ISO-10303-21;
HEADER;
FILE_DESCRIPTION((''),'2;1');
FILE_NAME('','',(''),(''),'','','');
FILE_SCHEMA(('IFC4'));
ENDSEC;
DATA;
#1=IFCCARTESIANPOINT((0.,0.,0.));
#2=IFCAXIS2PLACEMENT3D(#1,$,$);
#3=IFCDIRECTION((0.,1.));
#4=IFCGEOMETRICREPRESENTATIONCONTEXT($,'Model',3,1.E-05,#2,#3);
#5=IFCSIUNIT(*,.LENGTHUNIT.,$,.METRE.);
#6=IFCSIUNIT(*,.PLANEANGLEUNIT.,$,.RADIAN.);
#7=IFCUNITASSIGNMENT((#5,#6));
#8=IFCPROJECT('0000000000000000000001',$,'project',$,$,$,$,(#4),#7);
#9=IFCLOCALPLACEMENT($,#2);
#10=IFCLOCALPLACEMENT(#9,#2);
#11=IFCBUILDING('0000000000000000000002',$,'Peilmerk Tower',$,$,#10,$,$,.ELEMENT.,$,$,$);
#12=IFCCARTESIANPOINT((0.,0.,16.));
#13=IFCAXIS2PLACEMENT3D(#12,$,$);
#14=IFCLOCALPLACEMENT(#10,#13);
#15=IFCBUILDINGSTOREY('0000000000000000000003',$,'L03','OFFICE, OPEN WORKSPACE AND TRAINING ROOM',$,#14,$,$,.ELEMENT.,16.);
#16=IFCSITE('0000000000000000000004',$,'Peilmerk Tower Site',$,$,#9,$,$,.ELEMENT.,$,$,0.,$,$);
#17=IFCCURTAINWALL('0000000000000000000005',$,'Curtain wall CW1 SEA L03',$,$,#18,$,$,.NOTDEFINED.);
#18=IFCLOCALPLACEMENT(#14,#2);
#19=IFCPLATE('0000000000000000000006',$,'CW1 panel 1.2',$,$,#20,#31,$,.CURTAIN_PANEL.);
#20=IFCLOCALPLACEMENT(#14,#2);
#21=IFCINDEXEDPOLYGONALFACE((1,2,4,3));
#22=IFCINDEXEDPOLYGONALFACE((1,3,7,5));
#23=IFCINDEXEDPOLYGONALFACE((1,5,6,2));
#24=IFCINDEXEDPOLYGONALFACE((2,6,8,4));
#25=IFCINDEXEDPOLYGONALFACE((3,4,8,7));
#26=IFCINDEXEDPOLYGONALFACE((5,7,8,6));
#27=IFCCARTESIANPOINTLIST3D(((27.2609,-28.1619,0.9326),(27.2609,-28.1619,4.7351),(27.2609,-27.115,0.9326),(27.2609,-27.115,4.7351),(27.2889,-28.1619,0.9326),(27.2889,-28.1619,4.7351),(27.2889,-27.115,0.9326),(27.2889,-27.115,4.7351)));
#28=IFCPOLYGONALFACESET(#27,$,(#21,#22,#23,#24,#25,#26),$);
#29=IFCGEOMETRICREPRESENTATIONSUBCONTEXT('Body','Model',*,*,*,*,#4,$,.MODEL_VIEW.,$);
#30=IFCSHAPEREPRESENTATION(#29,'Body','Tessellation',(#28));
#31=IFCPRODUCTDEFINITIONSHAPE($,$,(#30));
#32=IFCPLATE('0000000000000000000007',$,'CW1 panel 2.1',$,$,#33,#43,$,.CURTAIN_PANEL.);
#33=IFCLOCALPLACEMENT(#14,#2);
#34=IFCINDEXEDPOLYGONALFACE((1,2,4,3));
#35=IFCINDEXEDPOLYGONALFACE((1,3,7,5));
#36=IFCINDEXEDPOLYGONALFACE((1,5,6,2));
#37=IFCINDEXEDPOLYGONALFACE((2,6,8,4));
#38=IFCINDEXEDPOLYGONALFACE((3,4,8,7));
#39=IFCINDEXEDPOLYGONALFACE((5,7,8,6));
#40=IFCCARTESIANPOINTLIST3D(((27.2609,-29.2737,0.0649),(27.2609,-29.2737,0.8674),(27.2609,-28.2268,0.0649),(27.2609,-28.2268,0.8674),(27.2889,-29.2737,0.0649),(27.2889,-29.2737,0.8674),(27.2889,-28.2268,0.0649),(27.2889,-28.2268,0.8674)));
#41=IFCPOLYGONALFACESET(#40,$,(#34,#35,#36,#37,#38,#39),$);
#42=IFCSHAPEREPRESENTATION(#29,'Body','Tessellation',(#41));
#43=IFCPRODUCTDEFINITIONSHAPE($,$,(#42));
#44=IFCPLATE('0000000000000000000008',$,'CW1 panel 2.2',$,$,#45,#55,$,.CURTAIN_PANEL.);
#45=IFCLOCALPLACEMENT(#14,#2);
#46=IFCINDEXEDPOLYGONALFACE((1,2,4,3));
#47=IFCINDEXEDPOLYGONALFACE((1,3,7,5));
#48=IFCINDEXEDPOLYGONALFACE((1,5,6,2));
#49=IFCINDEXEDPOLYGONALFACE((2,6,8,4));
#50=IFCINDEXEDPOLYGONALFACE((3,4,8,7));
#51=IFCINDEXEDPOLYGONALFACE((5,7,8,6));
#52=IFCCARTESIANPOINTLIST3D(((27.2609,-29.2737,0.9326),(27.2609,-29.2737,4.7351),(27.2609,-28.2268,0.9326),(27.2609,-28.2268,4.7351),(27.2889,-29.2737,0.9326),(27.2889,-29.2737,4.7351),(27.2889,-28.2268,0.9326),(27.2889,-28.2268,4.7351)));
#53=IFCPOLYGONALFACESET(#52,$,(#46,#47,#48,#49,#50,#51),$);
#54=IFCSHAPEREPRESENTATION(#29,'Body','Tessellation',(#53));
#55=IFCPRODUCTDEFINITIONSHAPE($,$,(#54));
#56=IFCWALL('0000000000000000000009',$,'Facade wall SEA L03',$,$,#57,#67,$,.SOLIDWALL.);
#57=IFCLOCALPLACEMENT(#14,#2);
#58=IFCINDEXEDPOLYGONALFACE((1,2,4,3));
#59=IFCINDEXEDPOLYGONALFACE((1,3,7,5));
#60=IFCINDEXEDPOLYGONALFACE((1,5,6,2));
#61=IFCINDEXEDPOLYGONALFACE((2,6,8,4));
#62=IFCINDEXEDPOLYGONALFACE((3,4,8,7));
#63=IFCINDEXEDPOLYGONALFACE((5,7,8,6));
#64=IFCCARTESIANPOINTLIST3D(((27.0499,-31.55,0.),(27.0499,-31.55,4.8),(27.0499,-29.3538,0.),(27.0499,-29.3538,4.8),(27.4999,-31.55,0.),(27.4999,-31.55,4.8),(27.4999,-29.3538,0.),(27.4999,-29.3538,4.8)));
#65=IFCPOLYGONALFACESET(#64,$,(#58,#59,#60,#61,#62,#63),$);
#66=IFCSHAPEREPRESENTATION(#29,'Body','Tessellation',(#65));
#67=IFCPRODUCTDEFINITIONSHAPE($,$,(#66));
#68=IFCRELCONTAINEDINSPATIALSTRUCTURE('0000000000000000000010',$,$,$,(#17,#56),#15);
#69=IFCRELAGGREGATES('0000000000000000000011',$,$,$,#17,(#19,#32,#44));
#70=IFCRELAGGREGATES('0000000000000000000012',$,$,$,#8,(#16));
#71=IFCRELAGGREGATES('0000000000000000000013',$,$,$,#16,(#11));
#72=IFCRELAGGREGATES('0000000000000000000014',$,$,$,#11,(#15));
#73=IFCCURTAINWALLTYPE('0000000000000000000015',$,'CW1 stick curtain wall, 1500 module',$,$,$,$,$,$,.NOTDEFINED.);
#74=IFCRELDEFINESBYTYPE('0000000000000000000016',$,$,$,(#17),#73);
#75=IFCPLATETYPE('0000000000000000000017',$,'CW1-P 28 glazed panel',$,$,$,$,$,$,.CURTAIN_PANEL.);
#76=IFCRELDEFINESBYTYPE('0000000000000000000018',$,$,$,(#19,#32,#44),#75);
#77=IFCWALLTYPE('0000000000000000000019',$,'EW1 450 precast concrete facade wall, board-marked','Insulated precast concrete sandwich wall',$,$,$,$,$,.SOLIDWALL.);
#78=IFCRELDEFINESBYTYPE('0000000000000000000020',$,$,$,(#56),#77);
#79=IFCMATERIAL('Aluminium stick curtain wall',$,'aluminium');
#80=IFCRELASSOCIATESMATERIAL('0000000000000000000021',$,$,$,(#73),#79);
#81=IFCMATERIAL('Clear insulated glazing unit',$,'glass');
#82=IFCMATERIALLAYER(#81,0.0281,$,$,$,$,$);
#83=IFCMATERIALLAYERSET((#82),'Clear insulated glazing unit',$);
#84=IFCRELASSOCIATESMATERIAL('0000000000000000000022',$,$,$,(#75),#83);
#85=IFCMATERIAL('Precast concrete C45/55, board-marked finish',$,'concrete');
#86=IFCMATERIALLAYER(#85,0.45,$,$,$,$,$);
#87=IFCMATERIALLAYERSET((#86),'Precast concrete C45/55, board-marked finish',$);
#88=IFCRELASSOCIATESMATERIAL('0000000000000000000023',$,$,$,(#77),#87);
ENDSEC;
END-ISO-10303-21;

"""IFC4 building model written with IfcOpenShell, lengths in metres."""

from ifc_helpers import new_model, si_unit, direction, frame, frame_2d, origin, origin_2d, place, context, subcontext, project, spatial, rectangle, extrude, material, layer, layer_set, type_object, element, aggregate, save


model = new_model("IFC4")

# Units and contexts
model_context = context("Model", 3, precision=1e-05, world=origin(), true_north=direction((0.0, 1.0)))
body_context = subcontext(model_context, "Body", "Model", "MODEL_VIEW")
ifc_project = project(units=[si_unit("LENGTHUNIT", "METRE"), si_unit("PLANEANGLEUNIT", "RADIAN")], contexts=[model_context])

# Site, building, storey
site_placement = place(None, origin())
site = spatial("IfcSite", under=ifc_project, at=site_placement, Name="Peilmerk Tower Site", CompositionType="ELEMENT", RefElevation=0.0)
building_placement = place(site_placement, origin())
building = spatial("IfcBuilding", under=site, at=building_placement, Name="Peilmerk Tower", CompositionType="ELEMENT")
storey_placement = place(building_placement, frame((0.0, 0.0, 16.0)))
storey = spatial("IfcBuildingStorey", under=building, at=storey_placement, Name="L03", Description="OFFICE, OPEN WORKSPACE AND TRAINING ROOM", CompositionType="ELEMENT", Elevation=16.0)

# Curtain wall, plates
ifc_material_1 = material(Name="Aluminium stick curtain wall", Category="aluminium")
curtain_wall_type = type_object("IfcCurtainWallType", Name="CW1 stick curtain wall, 1500 module", PredefinedType="NOTDEFINED", material=ifc_material_1)
curtain_wall_placement = place(storey_placement, origin())
curtain_wall = element("IfcCurtainWall", 1, at=curtain_wall_placement, inside=storey, type_object=curtain_wall_type, Name="Curtain wall CW1 SEA L03", PredefinedType="NOTDEFINED")
ifc_material_2 = material(Name="Clear insulated glazing unit", Category="glass")
ifc_layer_1 = layer(ifc_material_2, 0.0281)
ifc_layer_set_1 = layer_set([ifc_layer_1], Name="Clear insulated glazing unit")
plate_type = type_object("IfcPlateType", Name="CW1-P 28 glazed panel", PredefinedType="CURTAIN_PANEL", material=ifc_layer_set_1)
plate_1_placement = place(storey_placement, frame((27.2749, -27.6384, 0.9326), z_axis=(0.0, 0.0, 1.0), x_axis=(0.0, -1.0, 0.0)))
plate_1 = element("IfcPlate", 2, at=plate_1_placement, type_object=plate_type, Name="CW1 panel 1.2", PredefinedType="CURTAIN_PANEL", context=body_context, shape_type="SweptSolid", body=[
    extrude(rectangle(XDim=1.0469, YDim=0.0281, at=origin_2d()), origin(), (0.0, 0.0, 1.0), 3.8025),
])
plate_2_placement = place(storey_placement, frame((27.2749, -28.7502, 0.0649), z_axis=(0.0, 0.0, 1.0), x_axis=(0.0, -1.0, 0.0)))
plate_2 = element("IfcPlate", 3, at=plate_2_placement, type_object=plate_type, Name="CW1 panel 2.1", PredefinedType="CURTAIN_PANEL", context=body_context, shape_type="SweptSolid", body=[
    extrude(rectangle(XDim=1.0469, YDim=0.0281, at=origin_2d()), origin(), (0.0, 0.0, 1.0), 0.8025),
])
plate_3_placement = place(storey_placement, frame((27.2749, -28.7502, 0.9326), z_axis=(0.0, 0.0, 1.0), x_axis=(0.0, -1.0, 0.0)))
plate_3 = element("IfcPlate", 4, at=plate_3_placement, type_object=plate_type, Name="CW1 panel 2.2", PredefinedType="CURTAIN_PANEL", context=body_context, shape_type="SweptSolid", body=[
    extrude(rectangle(XDim=1.0469, YDim=0.0281, at=origin_2d()), origin(), (0.0, 0.0, 1.0), 3.8025),
])
aggregate(curtain_wall, [plate_1, plate_2, plate_3])

# Wall
ifc_material_3 = material(Name="Precast concrete C45/55, board-marked finish", Category="concrete")
ifc_layer_2 = layer(ifc_material_3, 0.45)
ifc_layer_set_2 = layer_set([ifc_layer_2], Name="Precast concrete C45/55, board-marked finish")
wall_type = type_object("IfcWallType", Name="EW1 450 precast concrete facade wall, board-marked", Description="Insulated precast concrete sandwich wall", PredefinedType="SOLIDWALL", material=ifc_layer_set_2)
wall_placement = place(storey_placement, frame((27.2749, -29.3538, 0.0), z_axis=(0.0, 0.0, 1.0), x_axis=(0.0, -1.0, 0.0)))
element("IfcWall", 5, at=wall_placement, inside=storey, type_object=wall_type, Name="Facade wall SEA L03", PredefinedType="SOLIDWALL", context=body_context, shape_type="SweptSolid", body=[
    extrude(rectangle(XDim=2.1963, YDim=0.45, at=frame_2d((1.0981, 0.0))), origin(), (0.0, 0.0, 1.0), 4.8),
])

save(model, "model.ifc")
